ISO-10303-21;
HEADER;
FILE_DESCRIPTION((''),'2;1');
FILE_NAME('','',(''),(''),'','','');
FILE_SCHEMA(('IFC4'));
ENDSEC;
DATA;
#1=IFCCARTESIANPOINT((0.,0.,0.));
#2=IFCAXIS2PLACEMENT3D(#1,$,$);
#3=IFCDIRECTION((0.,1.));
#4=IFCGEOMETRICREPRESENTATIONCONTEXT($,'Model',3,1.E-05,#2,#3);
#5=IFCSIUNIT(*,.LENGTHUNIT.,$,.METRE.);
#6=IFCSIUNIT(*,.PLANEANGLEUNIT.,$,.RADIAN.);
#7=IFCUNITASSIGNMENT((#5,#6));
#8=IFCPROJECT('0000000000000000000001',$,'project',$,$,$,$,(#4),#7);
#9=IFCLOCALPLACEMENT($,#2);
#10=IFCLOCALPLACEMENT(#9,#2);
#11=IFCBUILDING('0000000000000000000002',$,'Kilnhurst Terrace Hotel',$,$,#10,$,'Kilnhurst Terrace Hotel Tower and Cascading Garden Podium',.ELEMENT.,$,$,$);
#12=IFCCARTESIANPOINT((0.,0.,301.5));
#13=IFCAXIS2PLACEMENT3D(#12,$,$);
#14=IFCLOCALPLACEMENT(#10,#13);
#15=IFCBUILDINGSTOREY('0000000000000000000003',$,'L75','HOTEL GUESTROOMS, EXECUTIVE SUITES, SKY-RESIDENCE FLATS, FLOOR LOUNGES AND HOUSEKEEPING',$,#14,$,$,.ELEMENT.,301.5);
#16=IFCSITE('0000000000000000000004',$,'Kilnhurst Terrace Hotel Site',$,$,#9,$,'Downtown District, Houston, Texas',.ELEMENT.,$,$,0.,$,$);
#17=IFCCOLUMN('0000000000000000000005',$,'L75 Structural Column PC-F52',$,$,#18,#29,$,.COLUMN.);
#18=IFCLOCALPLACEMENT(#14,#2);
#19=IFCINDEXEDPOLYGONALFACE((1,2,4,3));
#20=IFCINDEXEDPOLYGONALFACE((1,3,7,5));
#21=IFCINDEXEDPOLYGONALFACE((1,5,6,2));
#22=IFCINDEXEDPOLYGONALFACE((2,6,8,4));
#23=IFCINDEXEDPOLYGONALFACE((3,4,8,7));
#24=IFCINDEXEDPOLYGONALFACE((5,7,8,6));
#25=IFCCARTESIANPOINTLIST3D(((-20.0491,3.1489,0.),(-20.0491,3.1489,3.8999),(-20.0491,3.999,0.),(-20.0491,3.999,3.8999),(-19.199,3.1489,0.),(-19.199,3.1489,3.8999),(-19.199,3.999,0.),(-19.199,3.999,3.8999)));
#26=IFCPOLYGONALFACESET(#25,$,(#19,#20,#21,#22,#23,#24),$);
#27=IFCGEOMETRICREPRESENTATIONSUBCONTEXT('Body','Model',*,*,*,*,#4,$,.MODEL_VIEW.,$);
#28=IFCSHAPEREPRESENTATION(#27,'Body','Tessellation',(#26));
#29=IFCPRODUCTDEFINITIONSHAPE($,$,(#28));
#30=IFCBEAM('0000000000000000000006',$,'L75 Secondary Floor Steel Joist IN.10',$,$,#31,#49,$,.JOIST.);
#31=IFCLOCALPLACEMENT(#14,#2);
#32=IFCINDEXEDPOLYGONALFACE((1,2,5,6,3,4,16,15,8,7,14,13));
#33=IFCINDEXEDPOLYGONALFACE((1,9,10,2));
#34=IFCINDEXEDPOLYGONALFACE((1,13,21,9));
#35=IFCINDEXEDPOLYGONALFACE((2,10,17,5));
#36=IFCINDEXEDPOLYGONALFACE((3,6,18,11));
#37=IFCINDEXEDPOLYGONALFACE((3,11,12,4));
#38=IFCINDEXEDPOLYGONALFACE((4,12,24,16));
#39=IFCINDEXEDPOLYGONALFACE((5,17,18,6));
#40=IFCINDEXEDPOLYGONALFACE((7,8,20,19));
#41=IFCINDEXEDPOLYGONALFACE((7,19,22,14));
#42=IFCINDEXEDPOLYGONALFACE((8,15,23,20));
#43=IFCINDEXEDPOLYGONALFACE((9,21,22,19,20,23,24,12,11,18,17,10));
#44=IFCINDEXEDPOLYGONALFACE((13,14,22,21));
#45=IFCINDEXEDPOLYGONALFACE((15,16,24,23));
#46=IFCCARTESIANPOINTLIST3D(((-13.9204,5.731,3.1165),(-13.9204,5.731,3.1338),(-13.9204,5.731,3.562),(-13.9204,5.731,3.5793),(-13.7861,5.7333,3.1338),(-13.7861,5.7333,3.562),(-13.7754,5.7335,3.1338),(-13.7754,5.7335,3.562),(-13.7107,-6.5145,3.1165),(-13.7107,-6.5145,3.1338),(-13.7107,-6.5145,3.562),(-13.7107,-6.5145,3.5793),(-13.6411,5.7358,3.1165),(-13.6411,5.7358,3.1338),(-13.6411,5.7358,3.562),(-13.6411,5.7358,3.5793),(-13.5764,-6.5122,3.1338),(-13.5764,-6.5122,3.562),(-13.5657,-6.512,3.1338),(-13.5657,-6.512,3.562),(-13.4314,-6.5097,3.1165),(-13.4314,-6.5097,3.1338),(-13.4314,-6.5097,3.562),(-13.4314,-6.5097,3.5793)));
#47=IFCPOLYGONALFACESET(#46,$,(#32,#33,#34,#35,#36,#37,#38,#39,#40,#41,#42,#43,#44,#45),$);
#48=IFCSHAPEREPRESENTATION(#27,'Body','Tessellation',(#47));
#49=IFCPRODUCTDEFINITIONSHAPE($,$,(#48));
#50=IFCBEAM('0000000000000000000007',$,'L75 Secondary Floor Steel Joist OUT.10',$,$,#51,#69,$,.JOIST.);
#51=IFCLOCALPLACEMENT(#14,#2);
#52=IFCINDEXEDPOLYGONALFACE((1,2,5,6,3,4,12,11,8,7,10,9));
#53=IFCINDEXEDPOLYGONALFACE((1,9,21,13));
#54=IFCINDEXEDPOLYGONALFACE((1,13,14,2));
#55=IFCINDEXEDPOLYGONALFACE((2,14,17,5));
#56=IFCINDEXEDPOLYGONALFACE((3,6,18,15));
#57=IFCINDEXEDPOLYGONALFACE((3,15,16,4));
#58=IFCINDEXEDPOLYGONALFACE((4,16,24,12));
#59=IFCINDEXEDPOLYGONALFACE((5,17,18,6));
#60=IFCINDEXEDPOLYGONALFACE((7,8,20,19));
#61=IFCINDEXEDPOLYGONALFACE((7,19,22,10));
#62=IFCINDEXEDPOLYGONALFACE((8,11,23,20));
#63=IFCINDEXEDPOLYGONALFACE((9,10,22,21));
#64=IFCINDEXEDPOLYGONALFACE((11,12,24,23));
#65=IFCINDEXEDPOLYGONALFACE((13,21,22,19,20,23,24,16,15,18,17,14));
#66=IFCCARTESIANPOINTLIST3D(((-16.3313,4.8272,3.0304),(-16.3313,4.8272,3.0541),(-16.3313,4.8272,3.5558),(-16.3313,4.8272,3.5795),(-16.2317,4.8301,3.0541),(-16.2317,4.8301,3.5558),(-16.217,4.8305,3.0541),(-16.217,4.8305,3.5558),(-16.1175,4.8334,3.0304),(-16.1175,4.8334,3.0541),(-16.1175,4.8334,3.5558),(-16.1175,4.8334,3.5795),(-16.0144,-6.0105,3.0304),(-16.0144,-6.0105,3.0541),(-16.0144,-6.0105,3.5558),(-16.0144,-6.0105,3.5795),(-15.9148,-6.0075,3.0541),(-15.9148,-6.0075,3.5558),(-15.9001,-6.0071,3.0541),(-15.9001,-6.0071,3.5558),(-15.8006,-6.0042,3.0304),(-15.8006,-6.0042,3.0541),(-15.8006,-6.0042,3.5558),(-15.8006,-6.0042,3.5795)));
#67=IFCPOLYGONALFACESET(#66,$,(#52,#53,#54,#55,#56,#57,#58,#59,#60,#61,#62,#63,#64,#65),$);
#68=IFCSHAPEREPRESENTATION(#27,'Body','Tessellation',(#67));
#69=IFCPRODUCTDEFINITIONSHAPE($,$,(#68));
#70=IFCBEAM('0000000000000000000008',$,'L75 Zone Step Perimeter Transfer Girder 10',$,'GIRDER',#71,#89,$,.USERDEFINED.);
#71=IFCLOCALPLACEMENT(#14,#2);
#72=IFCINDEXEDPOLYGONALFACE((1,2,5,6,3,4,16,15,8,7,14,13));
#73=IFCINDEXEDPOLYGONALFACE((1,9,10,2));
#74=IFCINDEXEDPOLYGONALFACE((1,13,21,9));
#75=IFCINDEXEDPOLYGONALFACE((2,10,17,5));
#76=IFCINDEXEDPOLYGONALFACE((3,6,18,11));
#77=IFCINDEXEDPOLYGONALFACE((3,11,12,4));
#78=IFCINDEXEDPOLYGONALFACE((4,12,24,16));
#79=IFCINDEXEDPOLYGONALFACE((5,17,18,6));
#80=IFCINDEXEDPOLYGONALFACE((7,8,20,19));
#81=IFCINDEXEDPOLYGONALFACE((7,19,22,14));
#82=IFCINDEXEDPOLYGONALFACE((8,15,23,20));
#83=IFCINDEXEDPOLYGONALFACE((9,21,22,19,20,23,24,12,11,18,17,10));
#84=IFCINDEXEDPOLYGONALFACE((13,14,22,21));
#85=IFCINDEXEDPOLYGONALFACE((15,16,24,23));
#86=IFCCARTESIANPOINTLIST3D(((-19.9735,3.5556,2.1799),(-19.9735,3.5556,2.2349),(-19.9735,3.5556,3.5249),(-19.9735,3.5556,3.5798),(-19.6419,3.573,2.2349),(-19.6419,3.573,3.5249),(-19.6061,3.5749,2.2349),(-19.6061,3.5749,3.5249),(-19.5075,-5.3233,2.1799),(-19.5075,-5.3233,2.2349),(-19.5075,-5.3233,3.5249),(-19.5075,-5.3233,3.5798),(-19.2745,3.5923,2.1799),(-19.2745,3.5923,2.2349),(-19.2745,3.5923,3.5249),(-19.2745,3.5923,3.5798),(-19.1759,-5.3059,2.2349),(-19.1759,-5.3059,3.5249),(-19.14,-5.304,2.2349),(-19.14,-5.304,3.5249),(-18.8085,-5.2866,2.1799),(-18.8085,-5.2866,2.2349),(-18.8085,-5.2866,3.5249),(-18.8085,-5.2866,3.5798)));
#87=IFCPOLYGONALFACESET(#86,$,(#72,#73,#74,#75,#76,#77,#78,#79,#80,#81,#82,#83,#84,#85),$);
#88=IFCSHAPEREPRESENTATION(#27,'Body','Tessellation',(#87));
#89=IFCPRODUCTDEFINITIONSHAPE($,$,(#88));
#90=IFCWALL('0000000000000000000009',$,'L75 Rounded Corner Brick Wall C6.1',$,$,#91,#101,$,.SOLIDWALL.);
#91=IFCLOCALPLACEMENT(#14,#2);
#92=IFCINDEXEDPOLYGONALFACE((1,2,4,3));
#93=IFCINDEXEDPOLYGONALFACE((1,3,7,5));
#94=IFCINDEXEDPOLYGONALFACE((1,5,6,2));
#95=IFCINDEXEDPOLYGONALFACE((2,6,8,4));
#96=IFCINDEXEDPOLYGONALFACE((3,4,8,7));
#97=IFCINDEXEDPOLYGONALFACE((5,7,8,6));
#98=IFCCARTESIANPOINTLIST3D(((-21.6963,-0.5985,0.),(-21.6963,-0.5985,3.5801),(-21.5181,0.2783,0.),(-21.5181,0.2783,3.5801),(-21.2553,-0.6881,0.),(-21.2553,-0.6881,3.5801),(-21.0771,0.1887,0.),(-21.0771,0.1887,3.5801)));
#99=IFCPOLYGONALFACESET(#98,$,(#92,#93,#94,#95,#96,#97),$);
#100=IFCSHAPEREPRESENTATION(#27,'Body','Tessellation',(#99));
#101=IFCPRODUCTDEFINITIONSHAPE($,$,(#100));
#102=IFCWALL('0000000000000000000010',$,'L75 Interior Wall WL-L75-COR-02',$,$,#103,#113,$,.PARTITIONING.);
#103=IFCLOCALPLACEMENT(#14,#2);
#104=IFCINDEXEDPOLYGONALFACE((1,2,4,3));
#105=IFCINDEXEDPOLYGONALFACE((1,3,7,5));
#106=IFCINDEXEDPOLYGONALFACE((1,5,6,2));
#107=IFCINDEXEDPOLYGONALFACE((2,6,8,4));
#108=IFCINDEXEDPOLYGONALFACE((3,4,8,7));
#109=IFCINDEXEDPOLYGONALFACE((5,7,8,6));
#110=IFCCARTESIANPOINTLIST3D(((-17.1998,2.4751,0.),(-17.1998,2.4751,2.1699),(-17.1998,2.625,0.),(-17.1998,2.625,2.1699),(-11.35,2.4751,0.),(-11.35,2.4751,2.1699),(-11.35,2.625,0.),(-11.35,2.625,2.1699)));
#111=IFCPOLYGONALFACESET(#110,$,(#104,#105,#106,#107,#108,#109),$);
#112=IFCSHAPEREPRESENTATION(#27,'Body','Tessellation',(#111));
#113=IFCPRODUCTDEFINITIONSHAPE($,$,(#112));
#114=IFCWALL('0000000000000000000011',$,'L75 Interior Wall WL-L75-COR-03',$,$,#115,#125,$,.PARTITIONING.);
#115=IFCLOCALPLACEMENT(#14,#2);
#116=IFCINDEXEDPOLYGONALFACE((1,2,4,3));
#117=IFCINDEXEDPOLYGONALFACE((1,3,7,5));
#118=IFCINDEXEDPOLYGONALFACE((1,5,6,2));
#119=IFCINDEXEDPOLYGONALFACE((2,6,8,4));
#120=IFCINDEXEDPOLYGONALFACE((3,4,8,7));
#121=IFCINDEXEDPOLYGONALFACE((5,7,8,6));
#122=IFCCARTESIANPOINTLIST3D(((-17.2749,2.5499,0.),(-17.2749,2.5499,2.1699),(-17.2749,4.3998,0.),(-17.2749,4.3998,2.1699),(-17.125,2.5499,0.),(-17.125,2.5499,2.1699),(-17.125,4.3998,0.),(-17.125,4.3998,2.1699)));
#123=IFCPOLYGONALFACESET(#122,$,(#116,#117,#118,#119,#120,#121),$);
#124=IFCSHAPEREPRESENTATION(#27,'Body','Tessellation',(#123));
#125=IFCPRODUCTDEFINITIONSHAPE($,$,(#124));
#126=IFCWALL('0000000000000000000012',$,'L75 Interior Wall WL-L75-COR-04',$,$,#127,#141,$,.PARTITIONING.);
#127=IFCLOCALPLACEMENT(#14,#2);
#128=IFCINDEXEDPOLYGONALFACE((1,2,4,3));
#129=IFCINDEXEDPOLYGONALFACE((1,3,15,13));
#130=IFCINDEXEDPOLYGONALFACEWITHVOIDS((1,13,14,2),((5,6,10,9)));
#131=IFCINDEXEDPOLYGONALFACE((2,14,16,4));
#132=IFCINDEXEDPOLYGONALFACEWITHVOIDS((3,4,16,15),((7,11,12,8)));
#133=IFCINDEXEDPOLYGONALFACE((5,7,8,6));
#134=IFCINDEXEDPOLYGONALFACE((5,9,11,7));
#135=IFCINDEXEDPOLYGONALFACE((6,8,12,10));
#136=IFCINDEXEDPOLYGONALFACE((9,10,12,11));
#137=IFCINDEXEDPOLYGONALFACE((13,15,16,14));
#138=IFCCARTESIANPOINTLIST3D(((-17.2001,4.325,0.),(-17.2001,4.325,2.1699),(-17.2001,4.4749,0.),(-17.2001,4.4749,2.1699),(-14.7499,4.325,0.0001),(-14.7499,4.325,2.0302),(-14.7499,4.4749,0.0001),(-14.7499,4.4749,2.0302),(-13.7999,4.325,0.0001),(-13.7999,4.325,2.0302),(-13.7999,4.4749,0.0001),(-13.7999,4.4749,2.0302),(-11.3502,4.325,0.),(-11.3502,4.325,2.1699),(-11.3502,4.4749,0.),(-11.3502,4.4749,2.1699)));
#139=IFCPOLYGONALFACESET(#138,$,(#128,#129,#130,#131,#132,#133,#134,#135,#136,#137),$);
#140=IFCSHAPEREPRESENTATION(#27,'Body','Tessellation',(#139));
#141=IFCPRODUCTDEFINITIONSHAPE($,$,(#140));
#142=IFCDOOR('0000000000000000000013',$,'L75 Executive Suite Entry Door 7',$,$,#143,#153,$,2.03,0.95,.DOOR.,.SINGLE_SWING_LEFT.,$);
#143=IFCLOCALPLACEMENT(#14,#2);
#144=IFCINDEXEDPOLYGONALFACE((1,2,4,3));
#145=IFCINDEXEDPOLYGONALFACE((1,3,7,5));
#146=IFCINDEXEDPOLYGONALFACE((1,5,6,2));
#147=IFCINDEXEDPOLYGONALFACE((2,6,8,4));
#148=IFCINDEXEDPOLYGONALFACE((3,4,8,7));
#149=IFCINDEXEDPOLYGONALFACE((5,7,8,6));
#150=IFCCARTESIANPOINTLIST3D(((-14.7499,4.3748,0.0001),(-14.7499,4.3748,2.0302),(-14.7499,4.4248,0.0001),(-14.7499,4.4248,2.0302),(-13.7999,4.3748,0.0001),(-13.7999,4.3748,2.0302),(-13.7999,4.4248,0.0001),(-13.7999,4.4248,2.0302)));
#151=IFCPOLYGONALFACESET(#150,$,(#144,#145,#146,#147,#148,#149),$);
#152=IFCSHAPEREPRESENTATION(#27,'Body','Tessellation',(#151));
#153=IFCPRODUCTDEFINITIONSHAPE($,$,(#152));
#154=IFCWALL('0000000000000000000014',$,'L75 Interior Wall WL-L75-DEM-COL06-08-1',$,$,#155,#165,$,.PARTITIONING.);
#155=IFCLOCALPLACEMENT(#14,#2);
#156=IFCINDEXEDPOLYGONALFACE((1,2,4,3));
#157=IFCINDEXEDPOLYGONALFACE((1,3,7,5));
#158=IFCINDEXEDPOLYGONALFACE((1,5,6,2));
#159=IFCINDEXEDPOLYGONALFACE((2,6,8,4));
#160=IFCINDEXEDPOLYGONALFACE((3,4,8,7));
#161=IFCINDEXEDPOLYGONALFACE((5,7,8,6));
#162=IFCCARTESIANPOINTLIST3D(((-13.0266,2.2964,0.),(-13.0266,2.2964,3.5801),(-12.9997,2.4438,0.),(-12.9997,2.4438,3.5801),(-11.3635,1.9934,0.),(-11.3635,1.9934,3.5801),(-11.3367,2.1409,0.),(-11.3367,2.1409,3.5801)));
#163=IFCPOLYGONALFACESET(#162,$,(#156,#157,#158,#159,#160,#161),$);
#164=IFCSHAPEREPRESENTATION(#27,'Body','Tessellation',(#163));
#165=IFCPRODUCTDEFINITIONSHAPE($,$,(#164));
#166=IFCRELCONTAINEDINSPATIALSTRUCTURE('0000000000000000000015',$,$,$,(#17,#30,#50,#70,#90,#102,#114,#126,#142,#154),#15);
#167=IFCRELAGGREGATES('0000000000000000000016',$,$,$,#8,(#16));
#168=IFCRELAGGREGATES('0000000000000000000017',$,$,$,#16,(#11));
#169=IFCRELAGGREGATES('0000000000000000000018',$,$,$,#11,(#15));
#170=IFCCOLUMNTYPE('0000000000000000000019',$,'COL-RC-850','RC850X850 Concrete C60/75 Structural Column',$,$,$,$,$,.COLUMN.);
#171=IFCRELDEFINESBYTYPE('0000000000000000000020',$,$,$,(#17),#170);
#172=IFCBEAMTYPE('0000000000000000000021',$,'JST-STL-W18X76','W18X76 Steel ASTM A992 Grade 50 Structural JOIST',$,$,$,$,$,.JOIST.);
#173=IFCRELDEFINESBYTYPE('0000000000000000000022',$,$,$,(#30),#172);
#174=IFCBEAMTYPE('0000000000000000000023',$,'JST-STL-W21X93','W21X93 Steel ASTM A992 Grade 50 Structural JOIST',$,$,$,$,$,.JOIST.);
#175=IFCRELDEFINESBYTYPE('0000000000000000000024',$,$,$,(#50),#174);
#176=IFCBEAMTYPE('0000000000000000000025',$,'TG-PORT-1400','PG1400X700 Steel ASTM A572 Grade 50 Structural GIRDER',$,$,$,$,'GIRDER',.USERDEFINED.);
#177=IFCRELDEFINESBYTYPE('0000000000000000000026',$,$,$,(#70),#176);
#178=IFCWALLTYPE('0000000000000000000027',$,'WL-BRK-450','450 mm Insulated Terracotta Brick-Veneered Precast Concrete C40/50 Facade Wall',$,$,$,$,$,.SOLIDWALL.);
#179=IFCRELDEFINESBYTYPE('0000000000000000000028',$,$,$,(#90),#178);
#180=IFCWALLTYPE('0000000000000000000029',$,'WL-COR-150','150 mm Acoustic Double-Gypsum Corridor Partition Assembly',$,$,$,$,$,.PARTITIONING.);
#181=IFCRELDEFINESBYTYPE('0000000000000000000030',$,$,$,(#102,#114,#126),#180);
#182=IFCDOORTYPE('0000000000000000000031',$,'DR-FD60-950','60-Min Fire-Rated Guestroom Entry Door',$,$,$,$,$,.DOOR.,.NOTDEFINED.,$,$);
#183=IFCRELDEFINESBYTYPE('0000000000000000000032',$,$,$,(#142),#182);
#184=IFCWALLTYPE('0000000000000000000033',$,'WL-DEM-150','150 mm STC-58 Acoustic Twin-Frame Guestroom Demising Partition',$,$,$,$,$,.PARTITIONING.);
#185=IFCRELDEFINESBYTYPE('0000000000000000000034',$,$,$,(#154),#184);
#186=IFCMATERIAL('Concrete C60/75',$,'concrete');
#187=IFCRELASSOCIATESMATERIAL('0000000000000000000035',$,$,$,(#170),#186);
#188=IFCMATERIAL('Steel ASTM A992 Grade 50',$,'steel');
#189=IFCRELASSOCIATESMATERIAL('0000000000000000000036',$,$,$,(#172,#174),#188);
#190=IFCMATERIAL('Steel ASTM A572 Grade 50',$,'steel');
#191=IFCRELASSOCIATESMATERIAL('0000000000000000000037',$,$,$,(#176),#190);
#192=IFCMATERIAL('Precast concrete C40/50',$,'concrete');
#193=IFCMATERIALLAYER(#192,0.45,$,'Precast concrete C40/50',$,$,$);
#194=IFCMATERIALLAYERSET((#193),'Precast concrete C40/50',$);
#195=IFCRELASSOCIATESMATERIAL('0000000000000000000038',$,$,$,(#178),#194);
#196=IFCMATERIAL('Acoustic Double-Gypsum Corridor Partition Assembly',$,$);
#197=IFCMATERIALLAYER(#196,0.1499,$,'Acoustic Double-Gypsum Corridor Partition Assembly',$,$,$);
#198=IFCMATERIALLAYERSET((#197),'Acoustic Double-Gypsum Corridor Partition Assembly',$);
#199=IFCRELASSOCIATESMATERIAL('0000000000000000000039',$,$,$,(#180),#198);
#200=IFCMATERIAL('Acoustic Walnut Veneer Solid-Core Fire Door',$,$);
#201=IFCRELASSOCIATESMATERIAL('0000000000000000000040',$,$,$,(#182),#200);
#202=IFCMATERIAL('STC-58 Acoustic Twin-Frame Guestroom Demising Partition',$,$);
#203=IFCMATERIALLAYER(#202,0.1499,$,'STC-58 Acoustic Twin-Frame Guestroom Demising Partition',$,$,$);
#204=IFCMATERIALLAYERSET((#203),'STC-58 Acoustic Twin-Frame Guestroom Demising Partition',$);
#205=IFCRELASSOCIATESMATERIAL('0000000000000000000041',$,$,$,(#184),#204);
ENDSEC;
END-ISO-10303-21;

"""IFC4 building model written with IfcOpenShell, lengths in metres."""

from ifc_helpers import new_model, si_unit, direction, frame, frame_2d, origin, origin_2d, place, context, subcontext, project, spatial, rectangle, i_section, extrude, material, layer, layer_set, material_profile, profile_set, type_object, element, fill, save


model = new_model("IFC4")

# Units and contexts
model_context = context("Model", 3, precision=1e-05, world=origin(), true_north=direction((0.0, 1.0)))
body_context = subcontext(model_context, "Body", "Model", "MODEL_VIEW")
ifc_project = project(units=[si_unit("LENGTHUNIT", "METRE"), si_unit("PLANEANGLEUNIT", "RADIAN")], contexts=[model_context])

# Site, building, storey
site_placement = place(None, origin())
site = spatial("IfcSite", under=ifc_project, at=site_placement, Name="Kilnhurst Terrace Hotel Site", LongName="Downtown District, Houston, Texas", CompositionType="ELEMENT", RefElevation=0.0)
building_placement = place(site_placement, origin())
building = spatial("IfcBuilding", under=site, at=building_placement, Name="Kilnhurst Terrace Hotel", LongName="Kilnhurst Terrace Hotel Tower and Cascading Garden Podium", CompositionType="ELEMENT")
storey_placement = place(building_placement, frame((0.0, 0.0, 301.5)))
storey = spatial("IfcBuildingStorey", under=building, at=storey_placement, Name="L75", Description="HOTEL GUESTROOMS, EXECUTIVE SUITES, SKY-RESIDENCE FLATS, FLOOR LOUNGES AND HOUSEKEEPING", CompositionType="ELEMENT", Elevation=301.5)

# Column
ifc_material_1 = material(Name="Concrete C60/75", Category="concrete")
ifc_material_profile_1 = material_profile(ifc_material_1, rectangle(XDim=0.8501, YDim=0.8501, at=origin_2d()), Name="RC850X850")
ifc_profile_set_1 = profile_set([ifc_material_profile_1], Name="Concrete C60/75")
column_type = type_object("IfcColumnType", Name="COL-RC-850", Description="RC850X850 Concrete C60/75 Structural Column", PredefinedType="COLUMN", material=ifc_profile_set_1)
column_placement = place(storey_placement, frame((-19.624, 3.574, 0.0), z_axis=(0.0, 0.0, 1.0), x_axis=(1.0, 0.0, 0.0)))
element("IfcColumn", 1, at=column_placement, inside=storey, type_object=column_type, Name="L75 Structural Column PC-F52", PredefinedType="COLUMN", context=body_context, shape_type="SweptSolid", body=[
    extrude(rectangle(XDim=0.8501, YDim=0.8501, at=origin_2d()), origin(), (0.0, 0.0, 1.0), 3.8999),
])

# Beams
ifc_material_2 = material(Name="Steel ASTM A992 Grade 50", Category="steel")
ifc_material_profile_2 = material_profile(ifc_material_2, i_section(OverallWidth=0.2793, OverallDepth=0.4629, WebThickness=0.0107, FlangeThickness=0.0173, at=origin_2d()), Name="W18X76")
ifc_profile_set_2 = profile_set([ifc_material_profile_2], Name="Steel ASTM A992 Grade 50")
beam_type_1 = type_object("IfcBeamType", Name="JST-STL-W18X76", Description="W18X76 Steel ASTM A992 Grade 50 Structural JOIST", PredefinedType="JOIST", material=ifc_profile_set_2)
beam_1_placement = place(storey_placement, frame((-13.7808, 5.7334, 3.3479), z_axis=(0.017123, -0.999853, 0.0), x_axis=(0.999853, 0.017123, 0.0)))
element("IfcBeam", 2, at=beam_1_placement, inside=storey, type_object=beam_type_1, Name="L75 Secondary Floor Steel Joist IN.10", PredefinedType="JOIST", context=body_context, shape_type="SweptSolid", body=[
    extrude(i_section(OverallWidth=0.2793, OverallDepth=0.4629, WebThickness=0.0107, FlangeThickness=0.0173, at=origin_2d()), origin(), (0.0, 0.0, 1.0), 12.2473),
])
ifc_material_profile_3 = material_profile(ifc_material_2, i_section(OverallWidth=0.2139, OverallDepth=0.5491, WebThickness=0.0146, FlangeThickness=0.0237, at=origin_2d()), Name="W21X93")
ifc_profile_set_3 = profile_set([ifc_material_profile_3], Name="Steel ASTM A992 Grade 50")
beam_type_2 = type_object("IfcBeamType", Name="JST-STL-W21X93", Description="W21X93 Steel ASTM A992 Grade 50 Structural JOIST", PredefinedType="JOIST", material=ifc_profile_set_3)
beam_2_placement = place(storey_placement, frame((-16.2244, 4.8303, 3.3049), z_axis=(0.029228, -0.999573, 0.0), x_axis=(0.999573, 0.029228, 0.0)))
element("IfcBeam", 3, at=beam_2_placement, inside=storey, type_object=beam_type_2, Name="L75 Secondary Floor Steel Joist OUT.10", PredefinedType="JOIST", context=body_context, shape_type="SweptSolid", body=[
    extrude(i_section(OverallWidth=0.2139, OverallDepth=0.5491, WebThickness=0.0146, FlangeThickness=0.0237, at=origin_2d()), origin(), (0.0, 0.0, 1.0), 10.8423),
])
ifc_material_3 = material(Name="Steel ASTM A572 Grade 50", Category="steel")
ifc_material_profile_4 = material_profile(ifc_material_3, i_section(OverallWidth=0.7, OverallDepth=1.3999, WebThickness=0.0359, FlangeThickness=0.0549, at=origin_2d()), Name="PG1400X700")
ifc_profile_set_4 = profile_set([ifc_material_profile_4], Name="Steel ASTM A572 Grade 50")
beam_type_3 = type_object("IfcBeamType", Name="TG-PORT-1400", Description="PG1400X700 Steel ASTM A572 Grade 50 Structural GIRDER", ElementType="GIRDER", PredefinedType="USERDEFINED", material=ifc_profile_set_4)
beam_3_placement = place(storey_placement, frame((-19.624, 3.574, 2.8799), z_axis=(0.052419, -0.998625, 0.0), x_axis=(0.998625, 0.052419, 0.0)))
element("IfcBeam", 4, at=beam_3_placement, inside=storey, type_object=beam_type_3, Name="L75 Zone Step Perimeter Transfer Girder 10", ObjectType="GIRDER", PredefinedType="USERDEFINED", context=body_context, shape_type="SweptSolid", body=[
    extrude(i_section(OverallWidth=0.7, OverallDepth=1.3999, WebThickness=0.0359, FlangeThickness=0.0549, at=origin_2d()), origin(), (0.0, 0.0, 1.0), 8.8911),
])

# Walls
ifc_material_4 = material(Name="Precast concrete C40/50", Category="concrete")
ifc_layer_1 = layer(ifc_material_4, 0.45, Name="Precast concrete C40/50")
ifc_layer_set_1 = layer_set([ifc_layer_1], Name="Precast concrete C40/50")
wall_type_1 = type_object("IfcWallType", Name="WL-BRK-450", Description="450 mm Insulated Terracotta Brick-Veneered Precast Concrete C40/50 Facade Wall", PredefinedType="SOLIDWALL", material=ifc_layer_set_1)
wall_1_placement = place(storey_placement, frame((-21.2976, 0.2334, 0.0), z_axis=(0.0, 0.0, 1.0), x_axis=(-0.199158, -0.979967, 0.0)))
element("IfcWall", 5, at=wall_1_placement, inside=storey, type_object=wall_type_1, Name="L75 Rounded Corner Brick Wall C6.1", PredefinedType="SOLIDWALL", context=body_context, shape_type="SweptSolid", body=[
    extrude(rectangle(XDim=0.8948, YDim=0.45, at=frame_2d((0.4473, 0.0))), origin(), (0.0, 0.0, 1.0), 3.5801),
])
ifc_material_5 = material(Name="Acoustic Double-Gypsum Corridor Partition Assembly")
ifc_layer_2 = layer(ifc_material_5, 0.1499, Name="Acoustic Double-Gypsum Corridor Partition Assembly")
ifc_layer_set_2 = layer_set([ifc_layer_2], Name="Acoustic Double-Gypsum Corridor Partition Assembly")
wall_type_2 = type_object("IfcWallType", Name="WL-COR-150", Description="150 mm Acoustic Double-Gypsum Corridor Partition Assembly", PredefinedType="PARTITIONING", material=ifc_layer_set_2)
wall_2_placement = place(storey_placement, frame((-11.3501, 2.55, 0.0), z_axis=(0.0, 0.0, 1.0), x_axis=(-1.0, 0.0, 0.0)))
element("IfcWall", 6, at=wall_2_placement, inside=storey, type_object=wall_type_2, Name="L75 Interior Wall WL-L75-COR-02", PredefinedType="PARTITIONING", context=body_context, shape_type="SweptSolid", body=[
    extrude(rectangle(XDim=5.8499, YDim=0.1499, at=frame_2d((2.9248, 0.0))), origin(), (0.0, 0.0, 1.0), 2.1699),
])
wall_3_placement = place(storey_placement, frame((-17.2, 2.55, 0.0), z_axis=(0.0, 0.0, 1.0), x_axis=(0.0, 1.0, 0.0)))
element("IfcWall", 7, at=wall_3_placement, inside=storey, type_object=wall_type_2, Name="L75 Interior Wall WL-L75-COR-03", PredefinedType="PARTITIONING", context=body_context, shape_type="SweptSolid", body=[
    extrude(rectangle(XDim=1.8499, YDim=0.1499, at=frame_2d((0.9248, 0.0))), origin(), (0.0, 0.0, 1.0), 2.1699),
])

# Wall, opening, door
wall_4_placement = place(storey_placement, frame((-17.2, 4.3999, 0.0), z_axis=(0.0, 0.0, 1.0), x_axis=(1.0, 0.0, 0.0)))
wall_4 = element("IfcWall", 8, at=wall_4_placement, inside=storey, type_object=wall_type_2, Name="L75 Interior Wall WL-L75-COR-04", PredefinedType="PARTITIONING", context=body_context, shape_type="SweptSolid", body=[
    extrude(rectangle(XDim=5.8499, YDim=0.1499, at=frame_2d((2.9248, 0.0))), origin(), (0.0, 0.0, 1.0), 2.1699),
])
opening_1_placement = place(wall_4_placement, frame((2.45, 0.0, 0.0)))
opening_1 = element("IfcOpeningElement", 9, at=opening_1_placement, cuts=wall_4, PredefinedType="OPENING", context=body_context, shape_type="SweptSolid", body=[
    extrude(rectangle(XDim=0.95, YDim=2.03, at=frame_2d((0.4751, 1.0151))), frame((0.0, 0.085, 0.0), z_axis=(0.0, -1.0, 0.0), x_axis=(1.0, 0.0, 0.0)), (0.0, 0.0, 1.0), 0.1699),
])
ifc_material_6 = material(Name="Acoustic Walnut Veneer Solid-Core Fire Door")
door_type_1 = type_object("IfcDoorType", Name="DR-FD60-950", Description="60-Min Fire-Rated Guestroom Entry Door", OperationType="NOTDEFINED", PredefinedType="DOOR", material=ifc_material_6)
door_1_placement = place(opening_1_placement, origin())
door_1 = element("IfcDoor", 10, at=door_1_placement, inside=storey, type_object=door_type_1, Name="L75 Executive Suite Entry Door 7", OperationType="SINGLE_SWING_LEFT", OverallHeight=2.03, OverallWidth=0.95, PredefinedType="DOOR", context=body_context, shape_type="SweptSolid", body=[
    extrude(rectangle(XDim=0.95, YDim=2.03, at=frame_2d((0.4751, 1.0151))), frame((0.0, 0.0249, 0.0), z_axis=(0.0, -1.0, 0.0), x_axis=(1.0, 0.0, 0.0)), (0.0, 0.0, 1.0), 0.05),
])
fill(opening_1, door_1)

# Wall
ifc_material_7 = material(Name="STC-58 Acoustic Twin-Frame Guestroom Demising Partition")
ifc_layer_3 = layer(ifc_material_7, 0.1499, Name="STC-58 Acoustic Twin-Frame Guestroom Demising Partition")
ifc_layer_set_3 = layer_set([ifc_layer_3], Name="STC-58 Acoustic Twin-Frame Guestroom Demising Partition")
wall_type_3 = type_object("IfcWallType", Name="WL-DEM-150", Description="150 mm STC-58 Acoustic Twin-Frame Guestroom Demising Partition", PredefinedType="PARTITIONING", material=ifc_layer_set_3)
wall_5_placement = place(storey_placement, frame((-11.3501, 2.0671, 0.0), z_axis=(0.0, 0.0, 1.0), x_axis=(-0.983807, 0.179229, 0.0)))
element("IfcWall", 11, at=wall_5_placement, inside=storey, type_object=wall_type_3, Name="L75 Interior Wall WL-L75-DEM-COL06-08-1", PredefinedType="PARTITIONING", context=body_context, shape_type="SweptSolid", body=[
    extrude(rectangle(XDim=1.6904, YDim=0.1499, at=frame_2d((0.8452, 0.0))), origin(), (0.0, 0.0, 1.0), 3.5801),
])

save(model, "model.ifc")
